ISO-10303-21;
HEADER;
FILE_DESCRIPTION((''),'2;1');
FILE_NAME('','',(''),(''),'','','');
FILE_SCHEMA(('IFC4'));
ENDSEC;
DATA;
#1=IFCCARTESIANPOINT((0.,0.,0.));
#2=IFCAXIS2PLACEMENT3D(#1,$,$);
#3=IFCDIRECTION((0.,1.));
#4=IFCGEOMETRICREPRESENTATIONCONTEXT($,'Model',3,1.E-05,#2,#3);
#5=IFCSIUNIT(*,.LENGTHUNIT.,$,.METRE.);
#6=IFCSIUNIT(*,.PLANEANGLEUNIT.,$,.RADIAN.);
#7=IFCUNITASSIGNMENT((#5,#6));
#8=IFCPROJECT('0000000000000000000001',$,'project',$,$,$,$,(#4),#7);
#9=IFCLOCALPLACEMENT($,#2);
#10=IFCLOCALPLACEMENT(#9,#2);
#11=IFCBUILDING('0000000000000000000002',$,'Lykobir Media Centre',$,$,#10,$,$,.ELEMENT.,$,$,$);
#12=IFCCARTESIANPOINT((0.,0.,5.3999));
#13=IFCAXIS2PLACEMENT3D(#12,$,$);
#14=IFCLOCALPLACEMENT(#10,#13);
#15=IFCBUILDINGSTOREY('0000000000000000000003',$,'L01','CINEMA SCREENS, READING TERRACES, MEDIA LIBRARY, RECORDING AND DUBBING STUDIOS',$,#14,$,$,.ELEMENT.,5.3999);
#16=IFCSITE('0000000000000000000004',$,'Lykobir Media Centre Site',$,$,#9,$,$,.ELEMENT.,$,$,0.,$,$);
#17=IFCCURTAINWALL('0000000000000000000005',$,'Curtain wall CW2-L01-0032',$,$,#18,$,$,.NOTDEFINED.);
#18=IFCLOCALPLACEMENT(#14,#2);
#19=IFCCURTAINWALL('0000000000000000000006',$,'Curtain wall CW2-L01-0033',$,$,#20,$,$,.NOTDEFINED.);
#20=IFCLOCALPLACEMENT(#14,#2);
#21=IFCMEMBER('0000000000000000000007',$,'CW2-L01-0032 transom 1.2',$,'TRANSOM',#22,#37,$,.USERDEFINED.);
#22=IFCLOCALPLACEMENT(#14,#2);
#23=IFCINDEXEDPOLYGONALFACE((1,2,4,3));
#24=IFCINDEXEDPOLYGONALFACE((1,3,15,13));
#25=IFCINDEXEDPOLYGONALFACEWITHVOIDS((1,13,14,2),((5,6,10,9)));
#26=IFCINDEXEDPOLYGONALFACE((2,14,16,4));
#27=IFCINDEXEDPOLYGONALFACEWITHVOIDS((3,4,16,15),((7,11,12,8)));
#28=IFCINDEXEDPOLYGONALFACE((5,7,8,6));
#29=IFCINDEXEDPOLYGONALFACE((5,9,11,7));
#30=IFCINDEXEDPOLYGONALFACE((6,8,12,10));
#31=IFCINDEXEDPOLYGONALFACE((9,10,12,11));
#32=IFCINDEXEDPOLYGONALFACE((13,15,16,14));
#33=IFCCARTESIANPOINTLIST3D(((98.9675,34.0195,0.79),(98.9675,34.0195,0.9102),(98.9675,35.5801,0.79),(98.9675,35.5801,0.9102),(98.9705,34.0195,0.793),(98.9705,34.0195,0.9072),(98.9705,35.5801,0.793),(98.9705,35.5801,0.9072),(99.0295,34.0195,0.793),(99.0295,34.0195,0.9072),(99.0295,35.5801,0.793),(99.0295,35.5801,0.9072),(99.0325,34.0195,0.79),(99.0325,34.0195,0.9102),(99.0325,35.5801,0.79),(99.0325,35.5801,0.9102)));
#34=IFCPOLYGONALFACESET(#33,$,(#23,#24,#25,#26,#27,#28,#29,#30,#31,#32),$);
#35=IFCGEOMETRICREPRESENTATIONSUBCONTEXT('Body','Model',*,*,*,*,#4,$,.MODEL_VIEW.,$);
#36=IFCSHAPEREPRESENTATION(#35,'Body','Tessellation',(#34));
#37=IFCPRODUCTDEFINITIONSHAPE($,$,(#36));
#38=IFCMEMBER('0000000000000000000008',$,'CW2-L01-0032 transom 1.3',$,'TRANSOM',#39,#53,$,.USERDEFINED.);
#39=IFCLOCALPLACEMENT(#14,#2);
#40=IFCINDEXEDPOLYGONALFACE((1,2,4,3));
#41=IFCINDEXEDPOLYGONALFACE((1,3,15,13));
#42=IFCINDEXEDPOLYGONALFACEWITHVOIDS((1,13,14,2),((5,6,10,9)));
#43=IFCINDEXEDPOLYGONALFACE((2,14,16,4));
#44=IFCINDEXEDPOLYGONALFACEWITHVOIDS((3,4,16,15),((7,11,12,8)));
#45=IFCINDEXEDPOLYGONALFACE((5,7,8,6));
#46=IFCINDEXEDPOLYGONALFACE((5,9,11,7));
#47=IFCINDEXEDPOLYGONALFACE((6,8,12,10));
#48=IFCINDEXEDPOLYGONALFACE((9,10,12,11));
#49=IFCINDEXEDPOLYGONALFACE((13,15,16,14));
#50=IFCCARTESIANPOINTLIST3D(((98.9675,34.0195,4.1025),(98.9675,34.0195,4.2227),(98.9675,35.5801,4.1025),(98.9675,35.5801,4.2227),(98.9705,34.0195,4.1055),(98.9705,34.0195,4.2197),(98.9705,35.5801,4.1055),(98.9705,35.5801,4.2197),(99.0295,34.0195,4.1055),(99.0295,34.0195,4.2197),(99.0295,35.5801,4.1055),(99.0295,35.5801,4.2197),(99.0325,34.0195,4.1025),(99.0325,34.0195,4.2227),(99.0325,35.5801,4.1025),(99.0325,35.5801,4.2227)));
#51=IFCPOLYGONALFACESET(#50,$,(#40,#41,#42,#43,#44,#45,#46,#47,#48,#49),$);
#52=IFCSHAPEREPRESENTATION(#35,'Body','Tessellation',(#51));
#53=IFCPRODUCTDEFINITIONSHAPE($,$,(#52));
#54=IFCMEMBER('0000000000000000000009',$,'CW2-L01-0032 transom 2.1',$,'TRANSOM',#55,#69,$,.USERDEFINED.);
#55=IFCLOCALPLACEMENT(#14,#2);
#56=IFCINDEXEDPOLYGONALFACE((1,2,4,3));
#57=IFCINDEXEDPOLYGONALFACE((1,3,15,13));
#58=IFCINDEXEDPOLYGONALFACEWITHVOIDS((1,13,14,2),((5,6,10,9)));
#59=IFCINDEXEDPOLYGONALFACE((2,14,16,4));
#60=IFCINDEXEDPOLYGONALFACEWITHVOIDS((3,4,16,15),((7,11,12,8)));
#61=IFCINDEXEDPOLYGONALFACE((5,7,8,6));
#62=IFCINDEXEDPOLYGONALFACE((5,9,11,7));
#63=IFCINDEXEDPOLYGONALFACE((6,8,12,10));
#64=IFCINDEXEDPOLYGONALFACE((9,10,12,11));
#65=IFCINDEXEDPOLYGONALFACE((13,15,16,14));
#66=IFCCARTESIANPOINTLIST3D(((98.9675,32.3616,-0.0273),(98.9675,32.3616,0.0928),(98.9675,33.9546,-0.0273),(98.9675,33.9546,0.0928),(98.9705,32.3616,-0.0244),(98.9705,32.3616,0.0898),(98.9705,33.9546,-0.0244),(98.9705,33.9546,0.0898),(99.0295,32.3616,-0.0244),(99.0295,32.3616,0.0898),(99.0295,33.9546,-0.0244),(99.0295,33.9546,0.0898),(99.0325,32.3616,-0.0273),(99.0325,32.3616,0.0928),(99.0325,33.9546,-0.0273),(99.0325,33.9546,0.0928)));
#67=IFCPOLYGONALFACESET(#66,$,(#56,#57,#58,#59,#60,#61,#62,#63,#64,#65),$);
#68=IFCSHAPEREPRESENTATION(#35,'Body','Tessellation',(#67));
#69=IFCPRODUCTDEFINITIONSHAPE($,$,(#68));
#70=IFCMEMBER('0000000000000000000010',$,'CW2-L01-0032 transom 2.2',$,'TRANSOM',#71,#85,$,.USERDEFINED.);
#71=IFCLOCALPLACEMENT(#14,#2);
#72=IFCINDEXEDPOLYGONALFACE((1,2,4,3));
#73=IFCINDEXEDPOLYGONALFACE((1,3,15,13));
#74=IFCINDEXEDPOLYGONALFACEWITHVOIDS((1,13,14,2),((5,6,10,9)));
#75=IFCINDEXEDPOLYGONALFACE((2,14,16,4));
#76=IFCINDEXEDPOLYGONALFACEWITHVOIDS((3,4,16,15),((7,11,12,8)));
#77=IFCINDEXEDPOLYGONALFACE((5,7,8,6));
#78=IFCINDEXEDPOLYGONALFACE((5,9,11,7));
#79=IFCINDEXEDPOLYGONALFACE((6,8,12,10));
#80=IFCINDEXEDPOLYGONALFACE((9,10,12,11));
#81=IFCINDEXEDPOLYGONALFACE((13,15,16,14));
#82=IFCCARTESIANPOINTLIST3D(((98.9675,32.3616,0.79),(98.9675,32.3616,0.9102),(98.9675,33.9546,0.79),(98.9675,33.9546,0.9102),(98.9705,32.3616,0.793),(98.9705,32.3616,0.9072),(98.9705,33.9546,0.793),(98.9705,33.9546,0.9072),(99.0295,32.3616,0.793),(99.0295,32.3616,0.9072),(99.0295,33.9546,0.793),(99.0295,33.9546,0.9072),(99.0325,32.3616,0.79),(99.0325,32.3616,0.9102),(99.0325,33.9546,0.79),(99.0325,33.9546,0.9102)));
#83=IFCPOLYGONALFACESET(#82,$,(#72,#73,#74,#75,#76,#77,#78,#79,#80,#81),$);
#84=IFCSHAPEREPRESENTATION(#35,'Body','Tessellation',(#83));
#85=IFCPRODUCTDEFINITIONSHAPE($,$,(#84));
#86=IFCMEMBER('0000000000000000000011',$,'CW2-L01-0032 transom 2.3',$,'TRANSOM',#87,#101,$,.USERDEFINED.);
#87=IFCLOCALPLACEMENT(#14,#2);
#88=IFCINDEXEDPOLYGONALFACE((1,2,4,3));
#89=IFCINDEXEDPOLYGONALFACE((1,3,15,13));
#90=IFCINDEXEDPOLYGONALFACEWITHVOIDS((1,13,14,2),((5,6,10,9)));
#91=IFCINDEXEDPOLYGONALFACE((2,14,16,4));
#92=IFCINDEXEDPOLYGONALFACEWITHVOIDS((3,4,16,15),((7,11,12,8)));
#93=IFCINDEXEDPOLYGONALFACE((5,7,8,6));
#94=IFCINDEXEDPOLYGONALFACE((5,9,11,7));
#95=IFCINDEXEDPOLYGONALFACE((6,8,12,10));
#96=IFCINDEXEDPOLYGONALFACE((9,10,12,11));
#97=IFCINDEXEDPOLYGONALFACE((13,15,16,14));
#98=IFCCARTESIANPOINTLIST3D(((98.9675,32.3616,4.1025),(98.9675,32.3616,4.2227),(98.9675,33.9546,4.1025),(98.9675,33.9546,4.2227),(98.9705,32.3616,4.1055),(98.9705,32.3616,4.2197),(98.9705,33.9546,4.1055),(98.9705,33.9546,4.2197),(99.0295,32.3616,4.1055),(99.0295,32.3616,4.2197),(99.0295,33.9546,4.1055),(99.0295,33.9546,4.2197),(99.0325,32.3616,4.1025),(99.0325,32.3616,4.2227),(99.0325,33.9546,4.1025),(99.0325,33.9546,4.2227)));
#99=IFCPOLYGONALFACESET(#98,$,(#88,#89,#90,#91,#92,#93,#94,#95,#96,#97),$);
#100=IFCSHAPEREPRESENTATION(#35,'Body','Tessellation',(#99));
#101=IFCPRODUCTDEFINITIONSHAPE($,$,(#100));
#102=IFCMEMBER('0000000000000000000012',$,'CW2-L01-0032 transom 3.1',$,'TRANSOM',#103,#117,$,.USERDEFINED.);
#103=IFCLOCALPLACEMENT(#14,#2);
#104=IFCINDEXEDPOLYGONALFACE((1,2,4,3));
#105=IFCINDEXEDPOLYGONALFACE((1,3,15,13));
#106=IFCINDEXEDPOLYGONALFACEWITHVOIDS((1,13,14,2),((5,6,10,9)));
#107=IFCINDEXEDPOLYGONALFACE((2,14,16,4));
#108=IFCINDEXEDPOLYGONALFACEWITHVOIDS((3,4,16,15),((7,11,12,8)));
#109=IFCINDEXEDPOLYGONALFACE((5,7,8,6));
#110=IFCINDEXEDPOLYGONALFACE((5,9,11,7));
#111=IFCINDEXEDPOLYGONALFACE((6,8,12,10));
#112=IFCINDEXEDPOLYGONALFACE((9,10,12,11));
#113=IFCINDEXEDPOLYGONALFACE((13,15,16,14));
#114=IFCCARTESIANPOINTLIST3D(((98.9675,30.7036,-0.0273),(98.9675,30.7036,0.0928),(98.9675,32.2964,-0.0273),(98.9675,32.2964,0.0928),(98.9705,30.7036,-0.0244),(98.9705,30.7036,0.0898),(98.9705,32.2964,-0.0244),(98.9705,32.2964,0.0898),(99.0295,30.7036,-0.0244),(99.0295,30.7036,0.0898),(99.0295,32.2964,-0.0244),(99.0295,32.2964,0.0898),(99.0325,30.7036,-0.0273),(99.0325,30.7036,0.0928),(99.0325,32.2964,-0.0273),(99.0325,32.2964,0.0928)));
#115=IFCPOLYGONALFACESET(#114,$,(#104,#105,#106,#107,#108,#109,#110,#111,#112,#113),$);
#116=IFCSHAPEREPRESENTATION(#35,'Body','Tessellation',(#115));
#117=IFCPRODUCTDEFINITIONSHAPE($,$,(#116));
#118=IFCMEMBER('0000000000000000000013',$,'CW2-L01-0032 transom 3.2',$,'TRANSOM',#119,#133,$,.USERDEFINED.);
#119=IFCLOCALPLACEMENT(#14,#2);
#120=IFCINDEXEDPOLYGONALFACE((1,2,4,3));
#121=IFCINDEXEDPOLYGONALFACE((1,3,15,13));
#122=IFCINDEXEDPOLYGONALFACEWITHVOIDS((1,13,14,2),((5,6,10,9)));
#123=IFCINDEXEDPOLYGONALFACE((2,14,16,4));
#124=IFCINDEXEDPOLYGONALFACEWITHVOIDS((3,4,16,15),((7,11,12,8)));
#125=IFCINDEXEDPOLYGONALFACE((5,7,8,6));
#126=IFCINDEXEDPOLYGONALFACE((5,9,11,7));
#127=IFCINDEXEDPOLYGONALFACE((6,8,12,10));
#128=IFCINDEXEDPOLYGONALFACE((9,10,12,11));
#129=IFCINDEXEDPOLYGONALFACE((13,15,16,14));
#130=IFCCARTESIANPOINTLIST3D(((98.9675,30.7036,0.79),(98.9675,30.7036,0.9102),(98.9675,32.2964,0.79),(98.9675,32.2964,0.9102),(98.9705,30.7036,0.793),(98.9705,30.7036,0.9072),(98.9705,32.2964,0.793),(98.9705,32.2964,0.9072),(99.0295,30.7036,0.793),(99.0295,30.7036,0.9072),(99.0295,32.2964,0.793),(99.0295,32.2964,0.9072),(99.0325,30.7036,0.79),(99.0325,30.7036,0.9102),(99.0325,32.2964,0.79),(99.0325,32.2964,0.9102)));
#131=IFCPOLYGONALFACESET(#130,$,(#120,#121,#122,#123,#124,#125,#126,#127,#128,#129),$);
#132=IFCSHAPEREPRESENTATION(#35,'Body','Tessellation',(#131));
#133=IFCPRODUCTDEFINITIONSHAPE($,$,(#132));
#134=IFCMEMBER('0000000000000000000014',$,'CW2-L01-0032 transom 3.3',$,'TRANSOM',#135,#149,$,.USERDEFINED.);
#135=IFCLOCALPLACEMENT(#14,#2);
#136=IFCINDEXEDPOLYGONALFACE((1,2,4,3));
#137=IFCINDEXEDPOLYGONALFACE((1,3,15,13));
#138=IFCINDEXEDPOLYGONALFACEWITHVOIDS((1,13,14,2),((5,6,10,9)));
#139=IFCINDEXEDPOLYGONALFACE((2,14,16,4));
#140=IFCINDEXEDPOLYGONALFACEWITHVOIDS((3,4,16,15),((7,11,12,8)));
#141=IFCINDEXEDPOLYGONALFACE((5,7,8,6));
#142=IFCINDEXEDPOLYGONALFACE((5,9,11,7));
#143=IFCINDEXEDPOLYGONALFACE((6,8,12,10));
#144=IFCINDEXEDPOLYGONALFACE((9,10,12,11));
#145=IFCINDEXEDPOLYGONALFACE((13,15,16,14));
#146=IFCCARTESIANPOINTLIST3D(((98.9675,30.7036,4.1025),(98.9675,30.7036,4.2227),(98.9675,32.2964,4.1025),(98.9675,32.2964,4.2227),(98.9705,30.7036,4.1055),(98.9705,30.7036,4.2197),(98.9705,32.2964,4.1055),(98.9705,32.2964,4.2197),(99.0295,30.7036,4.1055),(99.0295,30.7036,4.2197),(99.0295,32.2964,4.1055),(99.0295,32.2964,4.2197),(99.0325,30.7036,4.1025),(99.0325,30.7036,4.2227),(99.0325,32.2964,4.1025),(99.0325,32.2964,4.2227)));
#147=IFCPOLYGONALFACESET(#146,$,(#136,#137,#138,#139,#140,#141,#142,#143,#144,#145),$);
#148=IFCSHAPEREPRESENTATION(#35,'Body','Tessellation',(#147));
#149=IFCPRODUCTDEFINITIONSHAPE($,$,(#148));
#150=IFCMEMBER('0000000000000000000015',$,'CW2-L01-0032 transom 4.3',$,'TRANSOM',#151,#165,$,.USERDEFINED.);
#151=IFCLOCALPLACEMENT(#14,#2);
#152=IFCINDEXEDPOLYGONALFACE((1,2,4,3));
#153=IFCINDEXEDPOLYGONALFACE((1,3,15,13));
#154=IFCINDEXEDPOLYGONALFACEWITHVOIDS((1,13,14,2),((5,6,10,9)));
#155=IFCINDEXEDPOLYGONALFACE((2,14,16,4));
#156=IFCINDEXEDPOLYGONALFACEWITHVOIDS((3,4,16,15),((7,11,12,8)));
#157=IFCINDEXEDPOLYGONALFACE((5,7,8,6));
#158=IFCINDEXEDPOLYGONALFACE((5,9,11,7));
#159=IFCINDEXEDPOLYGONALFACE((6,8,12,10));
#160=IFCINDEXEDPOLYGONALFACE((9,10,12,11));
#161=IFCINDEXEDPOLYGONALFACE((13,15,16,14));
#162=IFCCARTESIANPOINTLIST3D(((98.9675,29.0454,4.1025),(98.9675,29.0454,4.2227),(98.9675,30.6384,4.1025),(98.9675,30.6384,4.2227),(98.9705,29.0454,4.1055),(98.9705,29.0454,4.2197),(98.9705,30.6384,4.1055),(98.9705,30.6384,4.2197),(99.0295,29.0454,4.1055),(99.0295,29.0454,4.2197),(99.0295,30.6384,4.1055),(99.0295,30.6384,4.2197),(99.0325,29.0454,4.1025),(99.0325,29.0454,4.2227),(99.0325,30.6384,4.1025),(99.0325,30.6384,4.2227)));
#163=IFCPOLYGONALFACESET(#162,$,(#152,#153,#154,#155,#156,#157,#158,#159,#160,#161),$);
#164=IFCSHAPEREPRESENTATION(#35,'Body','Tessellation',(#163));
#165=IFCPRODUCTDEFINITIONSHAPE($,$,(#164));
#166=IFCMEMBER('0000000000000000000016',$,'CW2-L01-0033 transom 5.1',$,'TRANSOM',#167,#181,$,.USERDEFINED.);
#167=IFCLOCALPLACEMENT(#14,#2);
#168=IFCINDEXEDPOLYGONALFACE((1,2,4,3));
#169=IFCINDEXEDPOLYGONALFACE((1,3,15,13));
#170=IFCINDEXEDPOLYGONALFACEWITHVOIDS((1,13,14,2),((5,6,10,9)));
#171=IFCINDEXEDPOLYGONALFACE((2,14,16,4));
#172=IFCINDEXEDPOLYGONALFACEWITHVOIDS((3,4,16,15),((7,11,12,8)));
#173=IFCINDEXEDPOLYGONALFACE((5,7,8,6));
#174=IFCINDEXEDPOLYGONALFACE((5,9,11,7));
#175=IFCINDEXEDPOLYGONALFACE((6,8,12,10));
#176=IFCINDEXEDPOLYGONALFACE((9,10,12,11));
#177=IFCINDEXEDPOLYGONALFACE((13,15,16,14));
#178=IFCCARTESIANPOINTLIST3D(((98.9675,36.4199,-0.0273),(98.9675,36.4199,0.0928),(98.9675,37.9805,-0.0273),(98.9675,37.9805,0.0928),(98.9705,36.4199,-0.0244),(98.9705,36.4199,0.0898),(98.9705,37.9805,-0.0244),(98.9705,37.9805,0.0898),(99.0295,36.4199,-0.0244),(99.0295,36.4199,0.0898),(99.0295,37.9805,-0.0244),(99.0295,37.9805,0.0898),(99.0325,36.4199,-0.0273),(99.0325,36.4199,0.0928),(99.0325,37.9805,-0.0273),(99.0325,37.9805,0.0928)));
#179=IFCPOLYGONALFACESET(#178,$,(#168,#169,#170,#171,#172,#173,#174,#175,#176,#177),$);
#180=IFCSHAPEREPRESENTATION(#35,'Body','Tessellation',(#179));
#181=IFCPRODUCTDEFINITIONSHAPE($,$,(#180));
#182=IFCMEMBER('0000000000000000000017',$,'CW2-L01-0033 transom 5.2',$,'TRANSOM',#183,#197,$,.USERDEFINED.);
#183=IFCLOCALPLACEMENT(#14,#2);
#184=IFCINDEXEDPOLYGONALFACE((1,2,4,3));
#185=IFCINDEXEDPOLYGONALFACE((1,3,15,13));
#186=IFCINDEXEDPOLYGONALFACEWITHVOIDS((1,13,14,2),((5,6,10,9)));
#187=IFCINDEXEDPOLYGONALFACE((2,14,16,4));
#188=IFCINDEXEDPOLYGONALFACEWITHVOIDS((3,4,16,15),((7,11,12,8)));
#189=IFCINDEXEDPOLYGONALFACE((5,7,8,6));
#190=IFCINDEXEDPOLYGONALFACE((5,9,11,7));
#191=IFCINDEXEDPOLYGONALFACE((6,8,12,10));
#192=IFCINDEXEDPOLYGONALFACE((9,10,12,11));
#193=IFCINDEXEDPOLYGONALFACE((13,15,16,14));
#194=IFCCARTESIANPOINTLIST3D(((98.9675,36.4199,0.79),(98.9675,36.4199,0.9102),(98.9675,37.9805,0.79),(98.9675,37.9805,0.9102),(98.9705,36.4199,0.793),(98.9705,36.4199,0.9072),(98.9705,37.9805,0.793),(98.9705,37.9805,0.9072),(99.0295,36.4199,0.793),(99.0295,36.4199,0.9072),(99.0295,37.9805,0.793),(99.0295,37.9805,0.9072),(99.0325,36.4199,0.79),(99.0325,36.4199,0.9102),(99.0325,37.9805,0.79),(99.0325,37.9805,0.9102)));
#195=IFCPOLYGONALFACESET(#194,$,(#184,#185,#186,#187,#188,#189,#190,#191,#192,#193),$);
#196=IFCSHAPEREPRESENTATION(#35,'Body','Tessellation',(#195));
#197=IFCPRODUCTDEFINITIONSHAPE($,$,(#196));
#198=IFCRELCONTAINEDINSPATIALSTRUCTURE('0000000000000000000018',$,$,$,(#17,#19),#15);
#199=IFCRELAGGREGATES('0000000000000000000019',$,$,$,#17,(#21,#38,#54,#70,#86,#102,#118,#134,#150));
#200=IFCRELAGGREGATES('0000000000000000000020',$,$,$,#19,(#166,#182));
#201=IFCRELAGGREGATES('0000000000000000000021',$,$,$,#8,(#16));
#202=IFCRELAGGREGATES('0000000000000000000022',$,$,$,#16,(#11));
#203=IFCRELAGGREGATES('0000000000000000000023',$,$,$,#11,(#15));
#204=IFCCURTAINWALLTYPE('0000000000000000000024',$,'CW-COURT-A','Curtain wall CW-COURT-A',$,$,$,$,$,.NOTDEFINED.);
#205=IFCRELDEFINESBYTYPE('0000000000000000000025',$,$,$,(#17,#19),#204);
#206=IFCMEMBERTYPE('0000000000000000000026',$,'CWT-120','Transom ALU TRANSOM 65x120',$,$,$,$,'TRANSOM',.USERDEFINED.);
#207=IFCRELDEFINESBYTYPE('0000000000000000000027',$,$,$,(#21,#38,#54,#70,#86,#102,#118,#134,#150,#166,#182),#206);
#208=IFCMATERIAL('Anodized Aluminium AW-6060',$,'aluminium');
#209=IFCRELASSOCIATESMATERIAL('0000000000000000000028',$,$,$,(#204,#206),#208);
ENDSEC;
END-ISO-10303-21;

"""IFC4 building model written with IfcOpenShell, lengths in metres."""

from ifc_helpers import new_model, si_unit, direction, frame, origin, origin_2d, place, context, subcontext, project, spatial, hollow_rectangle, extrude, material, material_profile, profile_set, type_object, element, aggregate, save


model = new_model("IFC4")

# Units and contexts
model_context = context("Model", 3, precision=1e-05, world=origin(), true_north=direction((0.0, 1.0)))
body_context = subcontext(model_context, "Body", "Model", "MODEL_VIEW")
ifc_project = project(units=[si_unit("LENGTHUNIT", "METRE"), si_unit("PLANEANGLEUNIT", "RADIAN")], contexts=[model_context])

# Site, building, storey
site_placement = place(None, origin())
site = spatial("IfcSite", under=ifc_project, at=site_placement, Name="Lykobir Media Centre Site", CompositionType="ELEMENT", RefElevation=0.0)
building_placement = place(site_placement, origin())
building = spatial("IfcBuilding", under=site, at=building_placement, Name="Lykobir Media Centre", CompositionType="ELEMENT")
storey_placement = place(building_placement, frame((0.0, 0.0, 5.3999)))
storey = spatial("IfcBuildingStorey", under=building, at=storey_placement, Name="L01", Description="CINEMA SCREENS, READING TERRACES, MEDIA LIBRARY, RECORDING AND DUBBING STUDIOS", CompositionType="ELEMENT", Elevation=5.3999)

# Curtain walls
ifc_material_1 = material(Name="Anodized Aluminium AW-6060", Category="aluminium")
curtain_wall_type_1 = type_object("IfcCurtainWallType", Name="CW-COURT-A", Description="Curtain wall CW-COURT-A", PredefinedType="NOTDEFINED", material=ifc_material_1)
curtain_wall_1_placement = place(storey_placement, origin())
curtain_wall_1 = element("IfcCurtainWall", 1, at=curtain_wall_1_placement, inside=storey, type_object=curtain_wall_type_1, Name="Curtain wall CW2-L01-0032", PredefinedType="NOTDEFINED")
curtain_wall_2_placement = place(storey_placement, origin())
curtain_wall_2 = element("IfcCurtainWall", 2, at=curtain_wall_2_placement, inside=storey, type_object=curtain_wall_type_1, Name="Curtain wall CW2-L01-0033", PredefinedType="NOTDEFINED")

# Members
ifc_material_profile_1 = material_profile(ifc_material_1, hollow_rectangle(XDim=0.0649, YDim=0.1201, WallThickness=0.0029, at=origin_2d()), Name="ALU TRANSOM 65x120")
ifc_profile_set_1 = profile_set([ifc_material_profile_1], Name="Anodized Aluminium AW-6060")
member_type_1 = type_object("IfcMemberType", Name="CWT-120", Description="Transom ALU TRANSOM 65x120", ElementType="TRANSOM", PredefinedType="USERDEFINED", material=ifc_profile_set_1)
member_1_placement = place(storey_placement, frame((99.0, 35.5801, 0.8501), z_axis=(0.0, -1.0, 0.0), x_axis=(1.0, 0.0, 0.0)))
member_1 = element("IfcMember", 3, at=member_1_placement, type_object=member_type_1, Name="CW2-L01-0032 transom 1.2", ObjectType="TRANSOM", PredefinedType="USERDEFINED", context=body_context, shape_type="SweptSolid", body=[
    extrude(hollow_rectangle(XDim=0.0649, YDim=0.1201, WallThickness=0.0029, at=origin_2d()), origin(), (0.0, 0.0, 1.0), 1.5605),
])
member_2_placement = place(storey_placement, frame((99.0, 35.5801, 4.1626), z_axis=(0.0, -1.0, 0.0), x_axis=(1.0, 0.0, 0.0)))
member_2 = element("IfcMember", 4, at=member_2_placement, type_object=member_type_1, Name="CW2-L01-0032 transom 1.3", ObjectType="TRANSOM", PredefinedType="USERDEFINED", context=body_context, shape_type="SweptSolid", body=[
    extrude(hollow_rectangle(XDim=0.0649, YDim=0.1201, WallThickness=0.0029, at=origin_2d()), origin(), (0.0, 0.0, 1.0), 1.5605),
])
member_3_placement = place(storey_placement, frame((99.0, 33.9546, 0.0327), z_axis=(0.0, -1.0, 0.0), x_axis=(1.0, 0.0, 0.0)))
member_3 = element("IfcMember", 5, at=member_3_placement, type_object=member_type_1, Name="CW2-L01-0032 transom 2.1", ObjectType="TRANSOM", PredefinedType="USERDEFINED", context=body_context, shape_type="SweptSolid", body=[
    extrude(hollow_rectangle(XDim=0.0649, YDim=0.1201, WallThickness=0.0029, at=origin_2d()), origin(), (0.0, 0.0, 1.0), 1.593),
])
member_4_placement = place(storey_placement, frame((99.0, 33.9546, 0.8501), z_axis=(0.0, -1.0, 0.0), x_axis=(1.0, 0.0, 0.0)))
member_4 = element("IfcMember", 6, at=member_4_placement, type_object=member_type_1, Name="CW2-L01-0032 transom 2.2", ObjectType="TRANSOM", PredefinedType="USERDEFINED", context=body_context, shape_type="SweptSolid", body=[
    extrude(hollow_rectangle(XDim=0.0649, YDim=0.1201, WallThickness=0.0029, at=origin_2d()), origin(), (0.0, 0.0, 1.0), 1.593),
])
member_5_placement = place(storey_placement, frame((99.0, 33.9546, 4.1626), z_axis=(0.0, -1.0, 0.0), x_axis=(1.0, 0.0, 0.0)))
member_5 = element("IfcMember", 7, at=member_5_placement, type_object=member_type_1, Name="CW2-L01-0032 transom 2.3", ObjectType="TRANSOM", PredefinedType="USERDEFINED", context=body_context, shape_type="SweptSolid", body=[
    extrude(hollow_rectangle(XDim=0.0649, YDim=0.1201, WallThickness=0.0029, at=origin_2d()), origin(), (0.0, 0.0, 1.0), 1.593),
])
member_6_placement = place(storey_placement, frame((99.0, 32.2964, 0.0327), z_axis=(0.0, -1.0, 0.0), x_axis=(1.0, 0.0, 0.0)))
member_6 = element("IfcMember", 8, at=member_6_placement, type_object=member_type_1, Name="CW2-L01-0032 transom 3.1", ObjectType="TRANSOM", PredefinedType="USERDEFINED", context=body_context, shape_type="SweptSolid", body=[
    extrude(hollow_rectangle(XDim=0.0649, YDim=0.1201, WallThickness=0.0029, at=origin_2d()), origin(), (0.0, 0.0, 1.0), 1.5928),
])
member_7_placement = place(storey_placement, frame((99.0, 32.2964, 0.8501), z_axis=(0.0, -1.0, 0.0), x_axis=(1.0, 0.0, 0.0)))
member_7 = element("IfcMember", 9, at=member_7_placement, type_object=member_type_1, Name="CW2-L01-0032 transom 3.2", ObjectType="TRANSOM", PredefinedType="USERDEFINED", context=body_context, shape_type="SweptSolid", body=[
    extrude(hollow_rectangle(XDim=0.0649, YDim=0.1201, WallThickness=0.0029, at=origin_2d()), origin(), (0.0, 0.0, 1.0), 1.5928),
])
member_8_placement = place(storey_placement, frame((99.0, 32.2964, 4.1626), z_axis=(0.0, -1.0, 0.0), x_axis=(1.0, 0.0, 0.0)))
member_8 = element("IfcMember", 10, at=member_8_placement, type_object=member_type_1, Name="CW2-L01-0032 transom 3.3", ObjectType="TRANSOM", PredefinedType="USERDEFINED", context=body_context, shape_type="SweptSolid", body=[
    extrude(hollow_rectangle(XDim=0.0649, YDim=0.1201, WallThickness=0.0029, at=origin_2d()), origin(), (0.0, 0.0, 1.0), 1.5928),
])
member_9_placement = place(storey_placement, frame((99.0, 30.6384, 4.1626), z_axis=(0.0, -1.0, 0.0), x_axis=(1.0, 0.0, 0.0)))
member_9 = element("IfcMember", 11, at=member_9_placement, type_object=member_type_1, Name="CW2-L01-0032 transom 4.3", ObjectType="TRANSOM", PredefinedType="USERDEFINED", context=body_context, shape_type="SweptSolid", body=[
    extrude(hollow_rectangle(XDim=0.0649, YDim=0.1201, WallThickness=0.0029, at=origin_2d()), origin(), (0.0, 0.0, 1.0), 1.593),
])
member_10_placement = place(storey_placement, frame((99.0, 37.9805, 0.0327), z_axis=(0.0, -1.0, 0.0), x_axis=(1.0, 0.0, 0.0)))
member_10 = element("IfcMember", 12, at=member_10_placement, type_object=member_type_1, Name="CW2-L01-0033 transom 5.1", ObjectType="TRANSOM", PredefinedType="USERDEFINED", context=body_context, shape_type="SweptSolid", body=[
    extrude(hollow_rectangle(XDim=0.0649, YDim=0.1201, WallThickness=0.0029, at=origin_2d()), origin(), (0.0, 0.0, 1.0), 1.5605),
])
member_11_placement = place(storey_placement, frame((99.0, 37.9805, 0.8501), z_axis=(0.0, -1.0, 0.0), x_axis=(1.0, 0.0, 0.0)))
member_11 = element("IfcMember", 13, at=member_11_placement, type_object=member_type_1, Name="CW2-L01-0033 transom 5.2", ObjectType="TRANSOM", PredefinedType="USERDEFINED", context=body_context, shape_type="SweptSolid", body=[
    extrude(hollow_rectangle(XDim=0.0649, YDim=0.1201, WallThickness=0.0029, at=origin_2d()), origin(), (0.0, 0.0, 1.0), 1.5605),
])

aggregate(curtain_wall_1, [member_1, member_2, member_3, member_4, member_5, member_6, member_7, member_8, member_9])
aggregate(curtain_wall_2, [member_10, member_11])

save(model, "model.ifc")
